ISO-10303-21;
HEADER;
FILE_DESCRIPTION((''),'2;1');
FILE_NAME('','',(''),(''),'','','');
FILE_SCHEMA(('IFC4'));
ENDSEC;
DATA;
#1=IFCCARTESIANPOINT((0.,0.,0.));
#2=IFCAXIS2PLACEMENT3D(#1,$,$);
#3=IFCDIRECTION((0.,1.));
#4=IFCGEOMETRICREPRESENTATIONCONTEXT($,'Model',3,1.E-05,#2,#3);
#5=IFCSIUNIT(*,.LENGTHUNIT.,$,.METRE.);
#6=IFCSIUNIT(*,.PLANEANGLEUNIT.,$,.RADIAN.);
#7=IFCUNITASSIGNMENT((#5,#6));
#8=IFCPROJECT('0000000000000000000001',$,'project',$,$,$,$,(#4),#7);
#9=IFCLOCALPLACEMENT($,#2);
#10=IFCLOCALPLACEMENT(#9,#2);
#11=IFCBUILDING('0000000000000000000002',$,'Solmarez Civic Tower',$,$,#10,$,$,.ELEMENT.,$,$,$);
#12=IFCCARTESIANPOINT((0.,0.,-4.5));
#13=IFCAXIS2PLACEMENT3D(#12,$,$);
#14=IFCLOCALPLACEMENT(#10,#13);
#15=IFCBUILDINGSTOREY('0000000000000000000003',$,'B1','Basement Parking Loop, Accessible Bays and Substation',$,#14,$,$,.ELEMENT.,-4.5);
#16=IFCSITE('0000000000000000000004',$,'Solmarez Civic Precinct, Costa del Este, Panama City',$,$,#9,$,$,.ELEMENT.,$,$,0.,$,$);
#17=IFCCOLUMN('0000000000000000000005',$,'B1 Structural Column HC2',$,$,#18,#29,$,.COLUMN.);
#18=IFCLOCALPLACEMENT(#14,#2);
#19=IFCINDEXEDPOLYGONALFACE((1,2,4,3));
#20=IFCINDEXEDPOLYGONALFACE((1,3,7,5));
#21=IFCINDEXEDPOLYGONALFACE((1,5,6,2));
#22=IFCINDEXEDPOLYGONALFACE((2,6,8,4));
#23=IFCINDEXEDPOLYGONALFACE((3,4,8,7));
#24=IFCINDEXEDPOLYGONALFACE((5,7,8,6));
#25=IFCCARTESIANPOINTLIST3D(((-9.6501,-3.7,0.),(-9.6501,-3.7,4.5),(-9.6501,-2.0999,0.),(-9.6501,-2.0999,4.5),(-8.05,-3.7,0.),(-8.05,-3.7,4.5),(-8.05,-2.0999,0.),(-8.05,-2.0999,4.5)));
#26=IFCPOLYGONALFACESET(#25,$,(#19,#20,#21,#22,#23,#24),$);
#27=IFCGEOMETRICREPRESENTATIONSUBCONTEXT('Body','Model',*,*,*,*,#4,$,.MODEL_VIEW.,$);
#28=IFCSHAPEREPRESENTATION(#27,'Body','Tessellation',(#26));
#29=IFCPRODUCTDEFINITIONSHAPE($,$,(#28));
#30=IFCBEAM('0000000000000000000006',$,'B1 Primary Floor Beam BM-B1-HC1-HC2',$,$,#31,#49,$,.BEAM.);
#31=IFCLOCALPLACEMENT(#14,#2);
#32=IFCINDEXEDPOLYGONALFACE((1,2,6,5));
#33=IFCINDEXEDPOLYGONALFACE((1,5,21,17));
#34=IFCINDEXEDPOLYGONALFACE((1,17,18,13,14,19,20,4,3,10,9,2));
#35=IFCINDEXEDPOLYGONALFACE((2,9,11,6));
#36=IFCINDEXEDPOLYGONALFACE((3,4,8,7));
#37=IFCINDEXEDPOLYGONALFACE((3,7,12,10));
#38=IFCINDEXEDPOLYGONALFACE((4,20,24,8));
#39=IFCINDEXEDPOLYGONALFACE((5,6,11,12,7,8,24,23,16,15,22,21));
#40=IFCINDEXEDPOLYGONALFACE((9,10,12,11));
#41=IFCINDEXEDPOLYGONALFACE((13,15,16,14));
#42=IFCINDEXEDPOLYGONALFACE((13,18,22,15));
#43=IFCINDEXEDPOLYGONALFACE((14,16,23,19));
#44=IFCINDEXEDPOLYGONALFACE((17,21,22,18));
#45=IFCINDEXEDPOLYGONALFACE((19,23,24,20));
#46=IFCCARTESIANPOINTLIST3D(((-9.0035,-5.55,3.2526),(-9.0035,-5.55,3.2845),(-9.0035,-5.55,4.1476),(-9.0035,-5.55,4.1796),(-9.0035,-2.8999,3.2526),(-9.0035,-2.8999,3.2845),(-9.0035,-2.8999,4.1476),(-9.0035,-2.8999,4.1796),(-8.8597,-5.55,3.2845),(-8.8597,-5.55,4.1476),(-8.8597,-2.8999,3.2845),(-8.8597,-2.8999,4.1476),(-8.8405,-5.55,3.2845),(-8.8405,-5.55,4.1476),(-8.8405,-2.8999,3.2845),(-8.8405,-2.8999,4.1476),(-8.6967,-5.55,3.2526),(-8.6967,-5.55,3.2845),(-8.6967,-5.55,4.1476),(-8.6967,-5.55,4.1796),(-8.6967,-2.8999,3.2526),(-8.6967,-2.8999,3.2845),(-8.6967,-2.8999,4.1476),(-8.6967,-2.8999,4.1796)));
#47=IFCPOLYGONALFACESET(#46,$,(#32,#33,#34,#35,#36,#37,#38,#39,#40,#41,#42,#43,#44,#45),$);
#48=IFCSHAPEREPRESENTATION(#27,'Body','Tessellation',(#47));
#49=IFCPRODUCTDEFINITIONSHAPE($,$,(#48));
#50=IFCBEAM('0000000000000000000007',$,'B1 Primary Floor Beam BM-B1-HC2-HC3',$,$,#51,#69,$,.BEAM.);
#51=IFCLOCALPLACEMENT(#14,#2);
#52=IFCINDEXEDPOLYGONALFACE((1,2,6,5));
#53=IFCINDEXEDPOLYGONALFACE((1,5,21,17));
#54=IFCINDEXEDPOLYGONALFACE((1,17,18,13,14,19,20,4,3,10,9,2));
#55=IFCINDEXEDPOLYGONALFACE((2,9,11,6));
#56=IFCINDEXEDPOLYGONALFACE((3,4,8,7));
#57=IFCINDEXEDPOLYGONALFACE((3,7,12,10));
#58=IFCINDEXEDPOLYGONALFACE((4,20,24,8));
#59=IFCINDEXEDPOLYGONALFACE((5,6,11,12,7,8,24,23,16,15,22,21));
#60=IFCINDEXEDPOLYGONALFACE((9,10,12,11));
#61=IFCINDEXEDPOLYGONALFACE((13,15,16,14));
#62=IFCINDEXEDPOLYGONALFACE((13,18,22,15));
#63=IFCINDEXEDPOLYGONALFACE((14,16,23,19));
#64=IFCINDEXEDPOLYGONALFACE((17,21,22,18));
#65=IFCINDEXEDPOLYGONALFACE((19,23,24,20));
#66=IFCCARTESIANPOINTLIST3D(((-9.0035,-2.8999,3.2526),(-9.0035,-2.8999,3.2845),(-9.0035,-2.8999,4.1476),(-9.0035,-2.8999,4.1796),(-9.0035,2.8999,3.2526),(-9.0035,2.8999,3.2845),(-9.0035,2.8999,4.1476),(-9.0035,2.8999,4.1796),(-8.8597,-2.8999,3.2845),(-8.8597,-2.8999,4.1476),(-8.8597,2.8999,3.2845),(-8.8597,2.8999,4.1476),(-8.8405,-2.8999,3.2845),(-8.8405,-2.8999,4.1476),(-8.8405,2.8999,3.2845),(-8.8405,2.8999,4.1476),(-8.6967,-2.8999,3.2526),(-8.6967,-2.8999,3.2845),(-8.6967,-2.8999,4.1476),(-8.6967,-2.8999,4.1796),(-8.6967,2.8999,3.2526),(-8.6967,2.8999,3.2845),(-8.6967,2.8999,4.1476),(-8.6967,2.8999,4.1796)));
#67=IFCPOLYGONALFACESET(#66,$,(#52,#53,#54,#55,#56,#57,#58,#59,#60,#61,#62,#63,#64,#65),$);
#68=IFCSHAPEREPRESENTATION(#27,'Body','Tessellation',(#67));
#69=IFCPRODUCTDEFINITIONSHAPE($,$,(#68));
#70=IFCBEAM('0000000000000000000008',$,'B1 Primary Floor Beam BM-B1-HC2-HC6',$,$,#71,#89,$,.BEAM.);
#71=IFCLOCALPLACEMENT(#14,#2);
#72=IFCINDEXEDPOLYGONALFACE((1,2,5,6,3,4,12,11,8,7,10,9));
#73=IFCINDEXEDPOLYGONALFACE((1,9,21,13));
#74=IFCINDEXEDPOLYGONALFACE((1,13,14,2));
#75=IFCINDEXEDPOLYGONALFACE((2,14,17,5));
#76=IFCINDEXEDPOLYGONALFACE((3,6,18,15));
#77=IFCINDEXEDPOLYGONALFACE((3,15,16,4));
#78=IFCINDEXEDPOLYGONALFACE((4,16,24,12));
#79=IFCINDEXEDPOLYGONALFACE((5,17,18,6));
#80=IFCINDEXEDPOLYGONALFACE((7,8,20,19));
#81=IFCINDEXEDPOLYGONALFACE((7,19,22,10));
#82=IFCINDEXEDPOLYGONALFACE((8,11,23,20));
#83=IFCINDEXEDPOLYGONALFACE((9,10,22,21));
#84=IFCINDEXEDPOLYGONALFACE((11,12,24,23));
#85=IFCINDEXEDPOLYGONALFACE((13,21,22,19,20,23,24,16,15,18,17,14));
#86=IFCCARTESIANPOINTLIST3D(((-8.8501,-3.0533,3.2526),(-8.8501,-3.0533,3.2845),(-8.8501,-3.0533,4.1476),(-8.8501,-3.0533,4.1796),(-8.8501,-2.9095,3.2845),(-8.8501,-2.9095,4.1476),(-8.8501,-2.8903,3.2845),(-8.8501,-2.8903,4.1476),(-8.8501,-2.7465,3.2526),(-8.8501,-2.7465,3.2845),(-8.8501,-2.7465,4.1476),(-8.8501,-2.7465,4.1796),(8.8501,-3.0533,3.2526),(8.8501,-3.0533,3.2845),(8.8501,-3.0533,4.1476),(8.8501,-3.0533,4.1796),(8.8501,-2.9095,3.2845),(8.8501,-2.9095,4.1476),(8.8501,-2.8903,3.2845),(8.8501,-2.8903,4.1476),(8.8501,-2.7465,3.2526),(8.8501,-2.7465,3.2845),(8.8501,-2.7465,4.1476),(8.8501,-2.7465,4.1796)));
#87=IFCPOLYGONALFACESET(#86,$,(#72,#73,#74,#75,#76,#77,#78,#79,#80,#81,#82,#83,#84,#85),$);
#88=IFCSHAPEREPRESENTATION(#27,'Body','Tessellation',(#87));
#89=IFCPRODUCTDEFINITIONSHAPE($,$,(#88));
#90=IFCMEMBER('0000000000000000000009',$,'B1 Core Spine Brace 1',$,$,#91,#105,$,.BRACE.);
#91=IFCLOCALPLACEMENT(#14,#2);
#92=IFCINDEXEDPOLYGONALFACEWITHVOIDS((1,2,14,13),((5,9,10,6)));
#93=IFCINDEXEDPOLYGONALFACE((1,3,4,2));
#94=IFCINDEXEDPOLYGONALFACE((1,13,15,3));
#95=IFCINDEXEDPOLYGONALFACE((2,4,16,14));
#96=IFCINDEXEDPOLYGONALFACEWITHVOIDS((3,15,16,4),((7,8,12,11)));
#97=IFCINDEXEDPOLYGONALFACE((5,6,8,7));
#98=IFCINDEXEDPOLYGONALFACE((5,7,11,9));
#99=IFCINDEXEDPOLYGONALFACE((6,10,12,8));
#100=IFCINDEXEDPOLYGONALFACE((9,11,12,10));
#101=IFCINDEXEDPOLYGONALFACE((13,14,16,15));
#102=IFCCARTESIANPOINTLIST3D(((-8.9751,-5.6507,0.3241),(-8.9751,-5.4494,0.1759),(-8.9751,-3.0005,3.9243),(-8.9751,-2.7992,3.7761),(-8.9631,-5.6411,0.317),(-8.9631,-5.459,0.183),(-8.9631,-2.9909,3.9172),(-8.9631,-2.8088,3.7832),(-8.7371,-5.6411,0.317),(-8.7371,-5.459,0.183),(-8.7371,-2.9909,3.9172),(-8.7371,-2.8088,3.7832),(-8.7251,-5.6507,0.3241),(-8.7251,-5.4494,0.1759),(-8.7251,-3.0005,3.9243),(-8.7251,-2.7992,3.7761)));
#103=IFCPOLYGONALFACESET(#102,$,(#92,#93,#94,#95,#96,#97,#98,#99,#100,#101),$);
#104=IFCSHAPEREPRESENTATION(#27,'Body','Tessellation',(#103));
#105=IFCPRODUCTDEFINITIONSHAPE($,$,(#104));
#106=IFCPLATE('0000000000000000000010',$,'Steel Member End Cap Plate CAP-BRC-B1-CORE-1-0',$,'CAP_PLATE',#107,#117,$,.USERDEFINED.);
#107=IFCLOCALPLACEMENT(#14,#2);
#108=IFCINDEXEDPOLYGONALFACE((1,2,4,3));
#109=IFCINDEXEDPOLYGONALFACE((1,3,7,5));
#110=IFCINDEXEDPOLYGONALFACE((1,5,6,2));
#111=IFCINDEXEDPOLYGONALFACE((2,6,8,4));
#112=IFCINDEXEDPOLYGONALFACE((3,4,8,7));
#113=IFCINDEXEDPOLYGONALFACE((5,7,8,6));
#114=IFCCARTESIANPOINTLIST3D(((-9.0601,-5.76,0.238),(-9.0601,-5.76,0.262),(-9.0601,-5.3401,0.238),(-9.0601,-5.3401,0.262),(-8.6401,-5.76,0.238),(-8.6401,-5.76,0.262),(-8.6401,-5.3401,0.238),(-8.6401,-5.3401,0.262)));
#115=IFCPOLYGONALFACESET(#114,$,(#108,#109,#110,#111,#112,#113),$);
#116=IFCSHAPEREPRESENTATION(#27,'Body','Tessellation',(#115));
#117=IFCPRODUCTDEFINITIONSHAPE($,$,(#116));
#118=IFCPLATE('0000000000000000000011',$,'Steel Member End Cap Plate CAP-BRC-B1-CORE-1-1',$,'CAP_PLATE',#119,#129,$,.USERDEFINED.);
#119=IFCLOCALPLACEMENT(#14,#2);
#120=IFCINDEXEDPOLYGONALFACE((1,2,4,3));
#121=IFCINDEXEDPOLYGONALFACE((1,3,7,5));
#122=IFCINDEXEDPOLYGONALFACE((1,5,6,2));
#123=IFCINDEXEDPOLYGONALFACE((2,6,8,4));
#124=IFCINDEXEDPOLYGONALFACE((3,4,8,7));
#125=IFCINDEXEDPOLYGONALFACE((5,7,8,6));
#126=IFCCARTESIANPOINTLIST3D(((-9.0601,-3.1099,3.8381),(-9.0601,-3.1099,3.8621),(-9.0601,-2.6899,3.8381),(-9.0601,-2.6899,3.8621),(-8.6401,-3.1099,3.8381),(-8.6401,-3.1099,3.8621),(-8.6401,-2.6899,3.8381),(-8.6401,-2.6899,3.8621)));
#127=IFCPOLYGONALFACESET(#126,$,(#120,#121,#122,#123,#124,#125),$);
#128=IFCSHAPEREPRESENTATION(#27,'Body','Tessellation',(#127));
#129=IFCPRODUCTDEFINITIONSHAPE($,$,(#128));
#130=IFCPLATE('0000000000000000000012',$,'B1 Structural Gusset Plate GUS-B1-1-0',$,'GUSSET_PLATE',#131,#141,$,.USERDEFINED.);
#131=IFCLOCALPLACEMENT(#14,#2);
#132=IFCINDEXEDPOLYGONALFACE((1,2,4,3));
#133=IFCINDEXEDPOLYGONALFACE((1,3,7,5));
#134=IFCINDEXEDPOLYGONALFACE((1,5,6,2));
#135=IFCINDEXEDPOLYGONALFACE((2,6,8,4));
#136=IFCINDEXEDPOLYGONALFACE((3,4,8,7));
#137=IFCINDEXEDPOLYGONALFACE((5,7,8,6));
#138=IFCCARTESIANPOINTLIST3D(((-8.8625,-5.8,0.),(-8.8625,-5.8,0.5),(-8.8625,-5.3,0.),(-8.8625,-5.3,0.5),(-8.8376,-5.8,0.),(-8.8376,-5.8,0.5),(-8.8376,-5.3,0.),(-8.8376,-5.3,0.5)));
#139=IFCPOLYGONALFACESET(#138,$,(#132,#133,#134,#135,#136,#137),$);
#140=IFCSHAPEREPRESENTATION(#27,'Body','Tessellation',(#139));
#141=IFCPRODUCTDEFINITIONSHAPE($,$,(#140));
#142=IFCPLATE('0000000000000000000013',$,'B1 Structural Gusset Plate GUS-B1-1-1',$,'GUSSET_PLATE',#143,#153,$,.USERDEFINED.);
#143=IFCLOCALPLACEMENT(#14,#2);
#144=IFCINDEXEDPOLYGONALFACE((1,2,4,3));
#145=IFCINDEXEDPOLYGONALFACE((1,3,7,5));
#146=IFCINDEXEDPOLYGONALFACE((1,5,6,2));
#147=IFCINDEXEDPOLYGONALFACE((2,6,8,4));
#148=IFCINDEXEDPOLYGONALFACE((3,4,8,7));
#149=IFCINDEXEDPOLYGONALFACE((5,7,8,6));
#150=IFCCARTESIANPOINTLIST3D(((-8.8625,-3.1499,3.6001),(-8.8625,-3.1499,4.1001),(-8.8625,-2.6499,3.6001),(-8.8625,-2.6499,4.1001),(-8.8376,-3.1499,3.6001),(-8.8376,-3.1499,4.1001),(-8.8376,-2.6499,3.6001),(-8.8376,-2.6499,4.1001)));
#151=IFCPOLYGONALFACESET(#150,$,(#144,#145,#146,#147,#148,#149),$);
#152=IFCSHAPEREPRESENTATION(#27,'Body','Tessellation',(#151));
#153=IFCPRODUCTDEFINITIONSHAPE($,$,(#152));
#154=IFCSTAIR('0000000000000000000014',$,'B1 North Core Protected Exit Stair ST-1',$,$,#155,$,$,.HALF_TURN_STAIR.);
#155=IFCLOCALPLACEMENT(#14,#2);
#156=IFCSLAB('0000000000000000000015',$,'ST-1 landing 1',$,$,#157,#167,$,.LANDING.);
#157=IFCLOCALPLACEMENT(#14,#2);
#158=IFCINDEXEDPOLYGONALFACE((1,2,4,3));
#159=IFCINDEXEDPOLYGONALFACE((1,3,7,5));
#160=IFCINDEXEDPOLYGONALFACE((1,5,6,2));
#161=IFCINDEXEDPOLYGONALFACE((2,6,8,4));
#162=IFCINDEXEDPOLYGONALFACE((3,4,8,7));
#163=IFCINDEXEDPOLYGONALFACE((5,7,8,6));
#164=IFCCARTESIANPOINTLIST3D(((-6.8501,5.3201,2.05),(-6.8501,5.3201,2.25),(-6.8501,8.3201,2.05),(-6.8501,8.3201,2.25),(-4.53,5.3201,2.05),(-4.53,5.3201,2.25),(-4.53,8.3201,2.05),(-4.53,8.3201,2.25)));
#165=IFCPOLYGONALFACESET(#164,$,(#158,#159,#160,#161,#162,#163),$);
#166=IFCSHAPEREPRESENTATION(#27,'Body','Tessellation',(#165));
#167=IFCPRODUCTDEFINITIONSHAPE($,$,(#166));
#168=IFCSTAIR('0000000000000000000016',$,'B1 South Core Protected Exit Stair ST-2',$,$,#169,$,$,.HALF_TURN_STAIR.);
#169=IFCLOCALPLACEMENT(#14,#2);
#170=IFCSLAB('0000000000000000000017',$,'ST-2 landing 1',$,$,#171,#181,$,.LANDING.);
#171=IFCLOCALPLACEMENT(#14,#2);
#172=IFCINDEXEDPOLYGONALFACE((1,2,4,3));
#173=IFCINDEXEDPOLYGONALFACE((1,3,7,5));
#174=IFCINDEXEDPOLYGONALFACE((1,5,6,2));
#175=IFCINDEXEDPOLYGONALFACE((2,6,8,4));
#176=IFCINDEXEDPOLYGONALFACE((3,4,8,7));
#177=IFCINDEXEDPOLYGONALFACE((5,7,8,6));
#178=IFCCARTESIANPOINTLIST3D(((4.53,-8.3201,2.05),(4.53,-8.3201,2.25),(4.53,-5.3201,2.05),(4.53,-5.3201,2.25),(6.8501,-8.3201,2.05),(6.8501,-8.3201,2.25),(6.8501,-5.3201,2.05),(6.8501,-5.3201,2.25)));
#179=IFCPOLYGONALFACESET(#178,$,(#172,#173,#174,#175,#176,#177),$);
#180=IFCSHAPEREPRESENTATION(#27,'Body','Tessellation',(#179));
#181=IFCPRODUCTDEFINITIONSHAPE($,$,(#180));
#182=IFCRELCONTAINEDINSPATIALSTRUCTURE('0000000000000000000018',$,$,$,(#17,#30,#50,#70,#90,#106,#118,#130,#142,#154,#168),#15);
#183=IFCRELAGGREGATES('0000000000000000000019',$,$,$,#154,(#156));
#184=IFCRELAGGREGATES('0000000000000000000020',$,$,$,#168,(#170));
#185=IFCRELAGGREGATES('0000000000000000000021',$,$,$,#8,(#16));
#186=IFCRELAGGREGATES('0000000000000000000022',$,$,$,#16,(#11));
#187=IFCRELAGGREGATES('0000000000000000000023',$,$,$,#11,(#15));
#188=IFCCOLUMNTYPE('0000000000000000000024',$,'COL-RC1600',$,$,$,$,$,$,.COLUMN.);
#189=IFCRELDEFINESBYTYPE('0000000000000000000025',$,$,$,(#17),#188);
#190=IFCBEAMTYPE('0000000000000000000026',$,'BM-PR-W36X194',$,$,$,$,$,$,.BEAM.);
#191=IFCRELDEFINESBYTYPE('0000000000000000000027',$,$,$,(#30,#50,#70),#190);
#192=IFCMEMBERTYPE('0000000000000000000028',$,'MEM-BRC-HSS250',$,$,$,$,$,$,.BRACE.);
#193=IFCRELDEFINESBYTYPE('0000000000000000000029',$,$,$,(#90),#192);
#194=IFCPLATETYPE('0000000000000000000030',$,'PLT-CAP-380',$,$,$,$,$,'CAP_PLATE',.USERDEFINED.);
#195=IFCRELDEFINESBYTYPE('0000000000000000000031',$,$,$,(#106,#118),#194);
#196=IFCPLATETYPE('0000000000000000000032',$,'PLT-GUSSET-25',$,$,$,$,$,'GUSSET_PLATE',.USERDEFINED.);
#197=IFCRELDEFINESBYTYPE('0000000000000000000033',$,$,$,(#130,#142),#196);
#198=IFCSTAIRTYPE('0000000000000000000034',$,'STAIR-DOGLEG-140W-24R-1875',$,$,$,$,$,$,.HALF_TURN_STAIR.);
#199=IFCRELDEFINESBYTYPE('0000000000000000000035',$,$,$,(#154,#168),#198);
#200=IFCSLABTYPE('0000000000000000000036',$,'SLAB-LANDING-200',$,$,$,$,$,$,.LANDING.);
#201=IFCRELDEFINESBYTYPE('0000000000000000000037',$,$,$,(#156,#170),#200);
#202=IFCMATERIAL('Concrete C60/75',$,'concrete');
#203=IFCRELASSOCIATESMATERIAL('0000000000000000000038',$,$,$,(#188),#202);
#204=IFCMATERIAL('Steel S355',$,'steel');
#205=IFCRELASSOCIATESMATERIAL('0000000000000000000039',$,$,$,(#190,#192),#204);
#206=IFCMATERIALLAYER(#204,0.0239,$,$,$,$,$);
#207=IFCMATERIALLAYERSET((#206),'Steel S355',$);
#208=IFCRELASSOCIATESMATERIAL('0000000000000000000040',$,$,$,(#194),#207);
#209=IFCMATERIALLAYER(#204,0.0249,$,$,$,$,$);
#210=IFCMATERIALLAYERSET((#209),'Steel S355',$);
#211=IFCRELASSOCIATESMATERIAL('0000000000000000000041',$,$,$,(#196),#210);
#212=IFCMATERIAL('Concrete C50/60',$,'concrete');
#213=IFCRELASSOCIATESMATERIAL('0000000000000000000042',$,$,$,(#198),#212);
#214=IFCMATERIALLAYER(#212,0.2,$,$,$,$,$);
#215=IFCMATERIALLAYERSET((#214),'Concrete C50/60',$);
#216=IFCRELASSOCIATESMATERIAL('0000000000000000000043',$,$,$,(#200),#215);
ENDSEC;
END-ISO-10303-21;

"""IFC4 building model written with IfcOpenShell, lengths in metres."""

from ifc_helpers import new_model, si_unit, direction, frame, origin, origin_2d, place, context, subcontext, project, spatial, polyline, rectangle, hollow_rectangle, i_section, outline, extrude, material, layer, layer_set, material_profile, profile_set, type_object, element, aggregate, save


model = new_model("IFC4")

# Units and contexts
model_context = context("Model", 3, precision=1e-05, world=origin(), true_north=direction((0.0, 1.0)))
body_context = subcontext(model_context, "Body", "Model", "MODEL_VIEW")
ifc_project = project(units=[si_unit("LENGTHUNIT", "METRE"), si_unit("PLANEANGLEUNIT", "RADIAN")], contexts=[model_context])

# Site, building, storey
site_placement = place(None, origin())
site = spatial("IfcSite", under=ifc_project, at=site_placement, Name="Solmarez Civic Precinct, Costa del Este, Panama City", CompositionType="ELEMENT", RefElevation=0.0)
building_placement = place(site_placement, origin())
building = spatial("IfcBuilding", under=site, at=building_placement, Name="Solmarez Civic Tower", CompositionType="ELEMENT")
storey_placement = place(building_placement, frame((0.0, 0.0, -4.5)))
storey = spatial("IfcBuildingStorey", under=building, at=storey_placement, Name="B1", Description="Basement Parking Loop, Accessible Bays and Substation", CompositionType="ELEMENT", Elevation=-4.5)

# Column
ifc_material_1 = material(Name="Concrete C60/75", Category="concrete")
ifc_material_profile_1 = material_profile(ifc_material_1, rectangle(XDim=1.6001, YDim=1.6001, at=origin_2d()), Name="RC1600X1600")
ifc_profile_set_1 = profile_set([ifc_material_profile_1], Name="Concrete C60/75")
column_type = type_object("IfcColumnType", Name="COL-RC1600", PredefinedType="COLUMN", material=ifc_profile_set_1)
column_placement = place(storey_placement, frame((-8.8501, -2.8999, 0.0), z_axis=(0.0, 0.0, 1.0), x_axis=(1.0, 0.0, 0.0)))
element("IfcColumn", 1, at=column_placement, inside=storey, type_object=column_type, Name="B1 Structural Column HC2", PredefinedType="COLUMN", context=body_context, shape_type="SweptSolid", body=[
    extrude(rectangle(XDim=1.6001, YDim=1.6001, at=origin_2d()), origin(), (0.0, 0.0, 1.0), 4.5),
])

# Beams
ifc_material_2 = material(Name="Steel S355", Category="steel")
ifc_material_profile_2 = material_profile(ifc_material_2, i_section(OverallWidth=0.3069, OverallDepth=0.927, WebThickness=0.0193, FlangeThickness=0.032, at=origin_2d()), Name="W36X194")
ifc_profile_set_2 = profile_set([ifc_material_profile_2], Name="Steel S355")
beam_type = type_object("IfcBeamType", Name="BM-PR-W36X194", PredefinedType="BEAM", material=ifc_profile_set_2)
beam_1_placement = place(storey_placement, frame((-8.8501, -5.55, 3.7161), z_axis=(0.0, 1.0, 0.0), x_axis=(-1.0, 0.0, 0.0)))
element("IfcBeam", 2, at=beam_1_placement, inside=storey, type_object=beam_type, Name="B1 Primary Floor Beam BM-B1-HC1-HC2", PredefinedType="BEAM", context=body_context, shape_type="SweptSolid", body=[
    extrude(i_section(OverallWidth=0.3069, OverallDepth=0.927, WebThickness=0.0193, FlangeThickness=0.032, at=origin_2d()), origin(), (0.0, 0.0, 1.0), 2.6501),
])
beam_2_placement = place(storey_placement, frame((-8.8501, -2.8999, 3.7161), z_axis=(0.0, 1.0, 0.0), x_axis=(-1.0, 0.0, 0.0)))
element("IfcBeam", 3, at=beam_2_placement, inside=storey, type_object=beam_type, Name="B1 Primary Floor Beam BM-B1-HC2-HC3", PredefinedType="BEAM", context=body_context, shape_type="SweptSolid", body=[
    extrude(i_section(OverallWidth=0.3069, OverallDepth=0.927, WebThickness=0.0193, FlangeThickness=0.032, at=origin_2d()), origin(), (0.0, 0.0, 1.0), 5.7998),
])
beam_3_placement = place(storey_placement, frame((-8.8501, -2.8999, 3.7161), z_axis=(1.0, 0.0, 0.0), x_axis=(0.0, 1.0, 0.0)))
element("IfcBeam", 4, at=beam_3_placement, inside=storey, type_object=beam_type, Name="B1 Primary Floor Beam BM-B1-HC2-HC6", PredefinedType="BEAM", context=body_context, shape_type="SweptSolid", body=[
    extrude(i_section(OverallWidth=0.3069, OverallDepth=0.927, WebThickness=0.0193, FlangeThickness=0.032, at=origin_2d()), origin(), (0.0, 0.0, 1.0), 17.7002),
])

# Member
ifc_material_profile_3 = material_profile(ifc_material_2, hollow_rectangle(XDim=0.25, YDim=0.25, WallThickness=0.012, at=origin_2d()), Name="HSS250X250X12")
ifc_profile_set_3 = profile_set([ifc_material_profile_3], Name="Steel S355")
member_type = type_object("IfcMemberType", Name="MEM-BRC-HSS250", PredefinedType="BRACE", material=ifc_profile_set_3)
member_placement = place(storey_placement, frame((-8.8501, -5.55, 0.25), z_axis=(0.0, 0.592828, 0.805329), x_axis=(-1.0, 0.0, 0.0)))
element("IfcMember", 5, at=member_placement, inside=storey, type_object=member_type, Name="B1 Core Spine Brace 1", PredefinedType="BRACE", context=body_context, shape_type="SweptSolid", body=[
    extrude(hollow_rectangle(XDim=0.25, YDim=0.25, WallThickness=0.012, at=origin_2d()), origin(), (0.0, 0.0, 1.0), 4.4705),
])

# Plates
ifc_layer_1 = layer(ifc_material_2, 0.0239)
ifc_layer_set_1 = layer_set([ifc_layer_1], Name="Steel S355")
plate_type_1 = type_object("IfcPlateType", Name="PLT-CAP-380", ElementType="CAP_PLATE", PredefinedType="USERDEFINED", material=ifc_layer_set_1)
for number, where, z_axis, x_axis, name in (
    (6, (-8.8501, -5.55, 0.238), (0.0, 0.0, 1.0), (1.0, 0.0, 0.0), "Steel Member End Cap Plate CAP-BRC-B1-CORE-1-0"),
    (7, (-8.8501, -2.8999, 3.8381), (0.0, 0.0, 1.0), (1.0, 0.0, 0.0), "Steel Member End Cap Plate CAP-BRC-B1-CORE-1-1"),
):
    element("IfcPlate", number, at=place(storey_placement, frame(where, z_axis=z_axis, x_axis=x_axis)), inside=storey, type_object=plate_type_1, Name=name, ObjectType="CAP_PLATE", PredefinedType="USERDEFINED", context=body_context, shape_type="SweptSolid", body=[
        extrude(rectangle(XDim=0.4199, YDim=0.4199, at=origin_2d()), origin(), (0.0, 0.0, 1.0), 0.0239),
    ])
ifc_layer_2 = layer(ifc_material_2, 0.0249)
ifc_layer_set_2 = layer_set([ifc_layer_2], Name="Steel S355")
plate_type_2 = type_object("IfcPlateType", Name="PLT-GUSSET-25", ElementType="GUSSET_PLATE", PredefinedType="USERDEFINED", material=ifc_layer_set_2)
for number, where, z_axis, x_axis, name in (
    (8, (-8.8501, -5.55, 0.0), (0.0, 0.0, 1.0), (0.0, 1.0, 0.0), "B1 Structural Gusset Plate GUS-B1-1-0"),
    (9, (-8.8501, -2.8999, 3.6001), (0.0, 0.0, 1.0), (0.0, 1.0, 0.0), "B1 Structural Gusset Plate GUS-B1-1-1"),
):
    element("IfcPlate", number, at=place(storey_placement, frame(where, z_axis=z_axis, x_axis=x_axis)), inside=storey, type_object=plate_type_2, Name=name, ObjectType="GUSSET_PLATE", PredefinedType="USERDEFINED", context=body_context, shape_type="SweptSolid", body=[
        extrude(rectangle(XDim=0.5, YDim=0.0249, at=origin_2d()), origin(), (0.0, 0.0, 1.0), 0.5),
    ])

# Stairs, slabs
ifc_material_3 = material(Name="Concrete C50/60", Category="concrete")
stair_type = type_object("IfcStairType", Name="STAIR-DOGLEG-140W-24R-1875", PredefinedType="HALF_TURN_STAIR", material=ifc_material_3)
stair_1_placement = place(storey_placement, origin())
stair_1 = element("IfcStair", 10, at=stair_1_placement, inside=storey, type_object=stair_type, Name="B1 North Core Protected Exit Stair ST-1", PredefinedType="HALF_TURN_STAIR")
ifc_layer_3 = layer(ifc_material_3, 0.2)
ifc_layer_set_3 = layer_set([ifc_layer_3], Name="Concrete C50/60")
slab_type_1 = type_object("IfcSlabType", Name="SLAB-LANDING-200", PredefinedType="LANDING", material=ifc_layer_set_3)
slab_1_placement = place(storey_placement, frame((0.0, 0.0, 2.05)))
slab_1 = element("IfcSlab", 11, at=slab_1_placement, type_object=slab_type_1, Name="ST-1 landing 1", PredefinedType="LANDING", context=body_context, shape_type="SweptSolid", body=[
    extrude(outline(polyline([(-4.53, 8.3201), (-6.8501, 8.3201), (-6.8501, 5.3201), (-4.53, 5.3201), (-4.53, 8.3201)])), origin(), (0.0, 0.0, 1.0), 0.2),
])
aggregate(stair_1, [slab_1])
stair_2_placement = place(storey_placement, origin())
stair_2 = element("IfcStair", 12, at=stair_2_placement, inside=storey, type_object=stair_type, Name="B1 South Core Protected Exit Stair ST-2", PredefinedType="HALF_TURN_STAIR")
slab_2_placement = place(storey_placement, frame((0.0, 0.0, 2.05)))
slab_2 = element("IfcSlab", 13, at=slab_2_placement, type_object=slab_type_1, Name="ST-2 landing 1", PredefinedType="LANDING", context=body_context, shape_type="SweptSolid", body=[
    extrude(outline(polyline([(4.53, -8.3201), (6.8501, -8.3201), (6.8501, -5.3201), (4.53, -5.3201), (4.53, -8.3201)])), origin(), (0.0, 0.0, 1.0), 0.2),
])
aggregate(stair_2, [slab_2])

save(model, "model.ifc")
